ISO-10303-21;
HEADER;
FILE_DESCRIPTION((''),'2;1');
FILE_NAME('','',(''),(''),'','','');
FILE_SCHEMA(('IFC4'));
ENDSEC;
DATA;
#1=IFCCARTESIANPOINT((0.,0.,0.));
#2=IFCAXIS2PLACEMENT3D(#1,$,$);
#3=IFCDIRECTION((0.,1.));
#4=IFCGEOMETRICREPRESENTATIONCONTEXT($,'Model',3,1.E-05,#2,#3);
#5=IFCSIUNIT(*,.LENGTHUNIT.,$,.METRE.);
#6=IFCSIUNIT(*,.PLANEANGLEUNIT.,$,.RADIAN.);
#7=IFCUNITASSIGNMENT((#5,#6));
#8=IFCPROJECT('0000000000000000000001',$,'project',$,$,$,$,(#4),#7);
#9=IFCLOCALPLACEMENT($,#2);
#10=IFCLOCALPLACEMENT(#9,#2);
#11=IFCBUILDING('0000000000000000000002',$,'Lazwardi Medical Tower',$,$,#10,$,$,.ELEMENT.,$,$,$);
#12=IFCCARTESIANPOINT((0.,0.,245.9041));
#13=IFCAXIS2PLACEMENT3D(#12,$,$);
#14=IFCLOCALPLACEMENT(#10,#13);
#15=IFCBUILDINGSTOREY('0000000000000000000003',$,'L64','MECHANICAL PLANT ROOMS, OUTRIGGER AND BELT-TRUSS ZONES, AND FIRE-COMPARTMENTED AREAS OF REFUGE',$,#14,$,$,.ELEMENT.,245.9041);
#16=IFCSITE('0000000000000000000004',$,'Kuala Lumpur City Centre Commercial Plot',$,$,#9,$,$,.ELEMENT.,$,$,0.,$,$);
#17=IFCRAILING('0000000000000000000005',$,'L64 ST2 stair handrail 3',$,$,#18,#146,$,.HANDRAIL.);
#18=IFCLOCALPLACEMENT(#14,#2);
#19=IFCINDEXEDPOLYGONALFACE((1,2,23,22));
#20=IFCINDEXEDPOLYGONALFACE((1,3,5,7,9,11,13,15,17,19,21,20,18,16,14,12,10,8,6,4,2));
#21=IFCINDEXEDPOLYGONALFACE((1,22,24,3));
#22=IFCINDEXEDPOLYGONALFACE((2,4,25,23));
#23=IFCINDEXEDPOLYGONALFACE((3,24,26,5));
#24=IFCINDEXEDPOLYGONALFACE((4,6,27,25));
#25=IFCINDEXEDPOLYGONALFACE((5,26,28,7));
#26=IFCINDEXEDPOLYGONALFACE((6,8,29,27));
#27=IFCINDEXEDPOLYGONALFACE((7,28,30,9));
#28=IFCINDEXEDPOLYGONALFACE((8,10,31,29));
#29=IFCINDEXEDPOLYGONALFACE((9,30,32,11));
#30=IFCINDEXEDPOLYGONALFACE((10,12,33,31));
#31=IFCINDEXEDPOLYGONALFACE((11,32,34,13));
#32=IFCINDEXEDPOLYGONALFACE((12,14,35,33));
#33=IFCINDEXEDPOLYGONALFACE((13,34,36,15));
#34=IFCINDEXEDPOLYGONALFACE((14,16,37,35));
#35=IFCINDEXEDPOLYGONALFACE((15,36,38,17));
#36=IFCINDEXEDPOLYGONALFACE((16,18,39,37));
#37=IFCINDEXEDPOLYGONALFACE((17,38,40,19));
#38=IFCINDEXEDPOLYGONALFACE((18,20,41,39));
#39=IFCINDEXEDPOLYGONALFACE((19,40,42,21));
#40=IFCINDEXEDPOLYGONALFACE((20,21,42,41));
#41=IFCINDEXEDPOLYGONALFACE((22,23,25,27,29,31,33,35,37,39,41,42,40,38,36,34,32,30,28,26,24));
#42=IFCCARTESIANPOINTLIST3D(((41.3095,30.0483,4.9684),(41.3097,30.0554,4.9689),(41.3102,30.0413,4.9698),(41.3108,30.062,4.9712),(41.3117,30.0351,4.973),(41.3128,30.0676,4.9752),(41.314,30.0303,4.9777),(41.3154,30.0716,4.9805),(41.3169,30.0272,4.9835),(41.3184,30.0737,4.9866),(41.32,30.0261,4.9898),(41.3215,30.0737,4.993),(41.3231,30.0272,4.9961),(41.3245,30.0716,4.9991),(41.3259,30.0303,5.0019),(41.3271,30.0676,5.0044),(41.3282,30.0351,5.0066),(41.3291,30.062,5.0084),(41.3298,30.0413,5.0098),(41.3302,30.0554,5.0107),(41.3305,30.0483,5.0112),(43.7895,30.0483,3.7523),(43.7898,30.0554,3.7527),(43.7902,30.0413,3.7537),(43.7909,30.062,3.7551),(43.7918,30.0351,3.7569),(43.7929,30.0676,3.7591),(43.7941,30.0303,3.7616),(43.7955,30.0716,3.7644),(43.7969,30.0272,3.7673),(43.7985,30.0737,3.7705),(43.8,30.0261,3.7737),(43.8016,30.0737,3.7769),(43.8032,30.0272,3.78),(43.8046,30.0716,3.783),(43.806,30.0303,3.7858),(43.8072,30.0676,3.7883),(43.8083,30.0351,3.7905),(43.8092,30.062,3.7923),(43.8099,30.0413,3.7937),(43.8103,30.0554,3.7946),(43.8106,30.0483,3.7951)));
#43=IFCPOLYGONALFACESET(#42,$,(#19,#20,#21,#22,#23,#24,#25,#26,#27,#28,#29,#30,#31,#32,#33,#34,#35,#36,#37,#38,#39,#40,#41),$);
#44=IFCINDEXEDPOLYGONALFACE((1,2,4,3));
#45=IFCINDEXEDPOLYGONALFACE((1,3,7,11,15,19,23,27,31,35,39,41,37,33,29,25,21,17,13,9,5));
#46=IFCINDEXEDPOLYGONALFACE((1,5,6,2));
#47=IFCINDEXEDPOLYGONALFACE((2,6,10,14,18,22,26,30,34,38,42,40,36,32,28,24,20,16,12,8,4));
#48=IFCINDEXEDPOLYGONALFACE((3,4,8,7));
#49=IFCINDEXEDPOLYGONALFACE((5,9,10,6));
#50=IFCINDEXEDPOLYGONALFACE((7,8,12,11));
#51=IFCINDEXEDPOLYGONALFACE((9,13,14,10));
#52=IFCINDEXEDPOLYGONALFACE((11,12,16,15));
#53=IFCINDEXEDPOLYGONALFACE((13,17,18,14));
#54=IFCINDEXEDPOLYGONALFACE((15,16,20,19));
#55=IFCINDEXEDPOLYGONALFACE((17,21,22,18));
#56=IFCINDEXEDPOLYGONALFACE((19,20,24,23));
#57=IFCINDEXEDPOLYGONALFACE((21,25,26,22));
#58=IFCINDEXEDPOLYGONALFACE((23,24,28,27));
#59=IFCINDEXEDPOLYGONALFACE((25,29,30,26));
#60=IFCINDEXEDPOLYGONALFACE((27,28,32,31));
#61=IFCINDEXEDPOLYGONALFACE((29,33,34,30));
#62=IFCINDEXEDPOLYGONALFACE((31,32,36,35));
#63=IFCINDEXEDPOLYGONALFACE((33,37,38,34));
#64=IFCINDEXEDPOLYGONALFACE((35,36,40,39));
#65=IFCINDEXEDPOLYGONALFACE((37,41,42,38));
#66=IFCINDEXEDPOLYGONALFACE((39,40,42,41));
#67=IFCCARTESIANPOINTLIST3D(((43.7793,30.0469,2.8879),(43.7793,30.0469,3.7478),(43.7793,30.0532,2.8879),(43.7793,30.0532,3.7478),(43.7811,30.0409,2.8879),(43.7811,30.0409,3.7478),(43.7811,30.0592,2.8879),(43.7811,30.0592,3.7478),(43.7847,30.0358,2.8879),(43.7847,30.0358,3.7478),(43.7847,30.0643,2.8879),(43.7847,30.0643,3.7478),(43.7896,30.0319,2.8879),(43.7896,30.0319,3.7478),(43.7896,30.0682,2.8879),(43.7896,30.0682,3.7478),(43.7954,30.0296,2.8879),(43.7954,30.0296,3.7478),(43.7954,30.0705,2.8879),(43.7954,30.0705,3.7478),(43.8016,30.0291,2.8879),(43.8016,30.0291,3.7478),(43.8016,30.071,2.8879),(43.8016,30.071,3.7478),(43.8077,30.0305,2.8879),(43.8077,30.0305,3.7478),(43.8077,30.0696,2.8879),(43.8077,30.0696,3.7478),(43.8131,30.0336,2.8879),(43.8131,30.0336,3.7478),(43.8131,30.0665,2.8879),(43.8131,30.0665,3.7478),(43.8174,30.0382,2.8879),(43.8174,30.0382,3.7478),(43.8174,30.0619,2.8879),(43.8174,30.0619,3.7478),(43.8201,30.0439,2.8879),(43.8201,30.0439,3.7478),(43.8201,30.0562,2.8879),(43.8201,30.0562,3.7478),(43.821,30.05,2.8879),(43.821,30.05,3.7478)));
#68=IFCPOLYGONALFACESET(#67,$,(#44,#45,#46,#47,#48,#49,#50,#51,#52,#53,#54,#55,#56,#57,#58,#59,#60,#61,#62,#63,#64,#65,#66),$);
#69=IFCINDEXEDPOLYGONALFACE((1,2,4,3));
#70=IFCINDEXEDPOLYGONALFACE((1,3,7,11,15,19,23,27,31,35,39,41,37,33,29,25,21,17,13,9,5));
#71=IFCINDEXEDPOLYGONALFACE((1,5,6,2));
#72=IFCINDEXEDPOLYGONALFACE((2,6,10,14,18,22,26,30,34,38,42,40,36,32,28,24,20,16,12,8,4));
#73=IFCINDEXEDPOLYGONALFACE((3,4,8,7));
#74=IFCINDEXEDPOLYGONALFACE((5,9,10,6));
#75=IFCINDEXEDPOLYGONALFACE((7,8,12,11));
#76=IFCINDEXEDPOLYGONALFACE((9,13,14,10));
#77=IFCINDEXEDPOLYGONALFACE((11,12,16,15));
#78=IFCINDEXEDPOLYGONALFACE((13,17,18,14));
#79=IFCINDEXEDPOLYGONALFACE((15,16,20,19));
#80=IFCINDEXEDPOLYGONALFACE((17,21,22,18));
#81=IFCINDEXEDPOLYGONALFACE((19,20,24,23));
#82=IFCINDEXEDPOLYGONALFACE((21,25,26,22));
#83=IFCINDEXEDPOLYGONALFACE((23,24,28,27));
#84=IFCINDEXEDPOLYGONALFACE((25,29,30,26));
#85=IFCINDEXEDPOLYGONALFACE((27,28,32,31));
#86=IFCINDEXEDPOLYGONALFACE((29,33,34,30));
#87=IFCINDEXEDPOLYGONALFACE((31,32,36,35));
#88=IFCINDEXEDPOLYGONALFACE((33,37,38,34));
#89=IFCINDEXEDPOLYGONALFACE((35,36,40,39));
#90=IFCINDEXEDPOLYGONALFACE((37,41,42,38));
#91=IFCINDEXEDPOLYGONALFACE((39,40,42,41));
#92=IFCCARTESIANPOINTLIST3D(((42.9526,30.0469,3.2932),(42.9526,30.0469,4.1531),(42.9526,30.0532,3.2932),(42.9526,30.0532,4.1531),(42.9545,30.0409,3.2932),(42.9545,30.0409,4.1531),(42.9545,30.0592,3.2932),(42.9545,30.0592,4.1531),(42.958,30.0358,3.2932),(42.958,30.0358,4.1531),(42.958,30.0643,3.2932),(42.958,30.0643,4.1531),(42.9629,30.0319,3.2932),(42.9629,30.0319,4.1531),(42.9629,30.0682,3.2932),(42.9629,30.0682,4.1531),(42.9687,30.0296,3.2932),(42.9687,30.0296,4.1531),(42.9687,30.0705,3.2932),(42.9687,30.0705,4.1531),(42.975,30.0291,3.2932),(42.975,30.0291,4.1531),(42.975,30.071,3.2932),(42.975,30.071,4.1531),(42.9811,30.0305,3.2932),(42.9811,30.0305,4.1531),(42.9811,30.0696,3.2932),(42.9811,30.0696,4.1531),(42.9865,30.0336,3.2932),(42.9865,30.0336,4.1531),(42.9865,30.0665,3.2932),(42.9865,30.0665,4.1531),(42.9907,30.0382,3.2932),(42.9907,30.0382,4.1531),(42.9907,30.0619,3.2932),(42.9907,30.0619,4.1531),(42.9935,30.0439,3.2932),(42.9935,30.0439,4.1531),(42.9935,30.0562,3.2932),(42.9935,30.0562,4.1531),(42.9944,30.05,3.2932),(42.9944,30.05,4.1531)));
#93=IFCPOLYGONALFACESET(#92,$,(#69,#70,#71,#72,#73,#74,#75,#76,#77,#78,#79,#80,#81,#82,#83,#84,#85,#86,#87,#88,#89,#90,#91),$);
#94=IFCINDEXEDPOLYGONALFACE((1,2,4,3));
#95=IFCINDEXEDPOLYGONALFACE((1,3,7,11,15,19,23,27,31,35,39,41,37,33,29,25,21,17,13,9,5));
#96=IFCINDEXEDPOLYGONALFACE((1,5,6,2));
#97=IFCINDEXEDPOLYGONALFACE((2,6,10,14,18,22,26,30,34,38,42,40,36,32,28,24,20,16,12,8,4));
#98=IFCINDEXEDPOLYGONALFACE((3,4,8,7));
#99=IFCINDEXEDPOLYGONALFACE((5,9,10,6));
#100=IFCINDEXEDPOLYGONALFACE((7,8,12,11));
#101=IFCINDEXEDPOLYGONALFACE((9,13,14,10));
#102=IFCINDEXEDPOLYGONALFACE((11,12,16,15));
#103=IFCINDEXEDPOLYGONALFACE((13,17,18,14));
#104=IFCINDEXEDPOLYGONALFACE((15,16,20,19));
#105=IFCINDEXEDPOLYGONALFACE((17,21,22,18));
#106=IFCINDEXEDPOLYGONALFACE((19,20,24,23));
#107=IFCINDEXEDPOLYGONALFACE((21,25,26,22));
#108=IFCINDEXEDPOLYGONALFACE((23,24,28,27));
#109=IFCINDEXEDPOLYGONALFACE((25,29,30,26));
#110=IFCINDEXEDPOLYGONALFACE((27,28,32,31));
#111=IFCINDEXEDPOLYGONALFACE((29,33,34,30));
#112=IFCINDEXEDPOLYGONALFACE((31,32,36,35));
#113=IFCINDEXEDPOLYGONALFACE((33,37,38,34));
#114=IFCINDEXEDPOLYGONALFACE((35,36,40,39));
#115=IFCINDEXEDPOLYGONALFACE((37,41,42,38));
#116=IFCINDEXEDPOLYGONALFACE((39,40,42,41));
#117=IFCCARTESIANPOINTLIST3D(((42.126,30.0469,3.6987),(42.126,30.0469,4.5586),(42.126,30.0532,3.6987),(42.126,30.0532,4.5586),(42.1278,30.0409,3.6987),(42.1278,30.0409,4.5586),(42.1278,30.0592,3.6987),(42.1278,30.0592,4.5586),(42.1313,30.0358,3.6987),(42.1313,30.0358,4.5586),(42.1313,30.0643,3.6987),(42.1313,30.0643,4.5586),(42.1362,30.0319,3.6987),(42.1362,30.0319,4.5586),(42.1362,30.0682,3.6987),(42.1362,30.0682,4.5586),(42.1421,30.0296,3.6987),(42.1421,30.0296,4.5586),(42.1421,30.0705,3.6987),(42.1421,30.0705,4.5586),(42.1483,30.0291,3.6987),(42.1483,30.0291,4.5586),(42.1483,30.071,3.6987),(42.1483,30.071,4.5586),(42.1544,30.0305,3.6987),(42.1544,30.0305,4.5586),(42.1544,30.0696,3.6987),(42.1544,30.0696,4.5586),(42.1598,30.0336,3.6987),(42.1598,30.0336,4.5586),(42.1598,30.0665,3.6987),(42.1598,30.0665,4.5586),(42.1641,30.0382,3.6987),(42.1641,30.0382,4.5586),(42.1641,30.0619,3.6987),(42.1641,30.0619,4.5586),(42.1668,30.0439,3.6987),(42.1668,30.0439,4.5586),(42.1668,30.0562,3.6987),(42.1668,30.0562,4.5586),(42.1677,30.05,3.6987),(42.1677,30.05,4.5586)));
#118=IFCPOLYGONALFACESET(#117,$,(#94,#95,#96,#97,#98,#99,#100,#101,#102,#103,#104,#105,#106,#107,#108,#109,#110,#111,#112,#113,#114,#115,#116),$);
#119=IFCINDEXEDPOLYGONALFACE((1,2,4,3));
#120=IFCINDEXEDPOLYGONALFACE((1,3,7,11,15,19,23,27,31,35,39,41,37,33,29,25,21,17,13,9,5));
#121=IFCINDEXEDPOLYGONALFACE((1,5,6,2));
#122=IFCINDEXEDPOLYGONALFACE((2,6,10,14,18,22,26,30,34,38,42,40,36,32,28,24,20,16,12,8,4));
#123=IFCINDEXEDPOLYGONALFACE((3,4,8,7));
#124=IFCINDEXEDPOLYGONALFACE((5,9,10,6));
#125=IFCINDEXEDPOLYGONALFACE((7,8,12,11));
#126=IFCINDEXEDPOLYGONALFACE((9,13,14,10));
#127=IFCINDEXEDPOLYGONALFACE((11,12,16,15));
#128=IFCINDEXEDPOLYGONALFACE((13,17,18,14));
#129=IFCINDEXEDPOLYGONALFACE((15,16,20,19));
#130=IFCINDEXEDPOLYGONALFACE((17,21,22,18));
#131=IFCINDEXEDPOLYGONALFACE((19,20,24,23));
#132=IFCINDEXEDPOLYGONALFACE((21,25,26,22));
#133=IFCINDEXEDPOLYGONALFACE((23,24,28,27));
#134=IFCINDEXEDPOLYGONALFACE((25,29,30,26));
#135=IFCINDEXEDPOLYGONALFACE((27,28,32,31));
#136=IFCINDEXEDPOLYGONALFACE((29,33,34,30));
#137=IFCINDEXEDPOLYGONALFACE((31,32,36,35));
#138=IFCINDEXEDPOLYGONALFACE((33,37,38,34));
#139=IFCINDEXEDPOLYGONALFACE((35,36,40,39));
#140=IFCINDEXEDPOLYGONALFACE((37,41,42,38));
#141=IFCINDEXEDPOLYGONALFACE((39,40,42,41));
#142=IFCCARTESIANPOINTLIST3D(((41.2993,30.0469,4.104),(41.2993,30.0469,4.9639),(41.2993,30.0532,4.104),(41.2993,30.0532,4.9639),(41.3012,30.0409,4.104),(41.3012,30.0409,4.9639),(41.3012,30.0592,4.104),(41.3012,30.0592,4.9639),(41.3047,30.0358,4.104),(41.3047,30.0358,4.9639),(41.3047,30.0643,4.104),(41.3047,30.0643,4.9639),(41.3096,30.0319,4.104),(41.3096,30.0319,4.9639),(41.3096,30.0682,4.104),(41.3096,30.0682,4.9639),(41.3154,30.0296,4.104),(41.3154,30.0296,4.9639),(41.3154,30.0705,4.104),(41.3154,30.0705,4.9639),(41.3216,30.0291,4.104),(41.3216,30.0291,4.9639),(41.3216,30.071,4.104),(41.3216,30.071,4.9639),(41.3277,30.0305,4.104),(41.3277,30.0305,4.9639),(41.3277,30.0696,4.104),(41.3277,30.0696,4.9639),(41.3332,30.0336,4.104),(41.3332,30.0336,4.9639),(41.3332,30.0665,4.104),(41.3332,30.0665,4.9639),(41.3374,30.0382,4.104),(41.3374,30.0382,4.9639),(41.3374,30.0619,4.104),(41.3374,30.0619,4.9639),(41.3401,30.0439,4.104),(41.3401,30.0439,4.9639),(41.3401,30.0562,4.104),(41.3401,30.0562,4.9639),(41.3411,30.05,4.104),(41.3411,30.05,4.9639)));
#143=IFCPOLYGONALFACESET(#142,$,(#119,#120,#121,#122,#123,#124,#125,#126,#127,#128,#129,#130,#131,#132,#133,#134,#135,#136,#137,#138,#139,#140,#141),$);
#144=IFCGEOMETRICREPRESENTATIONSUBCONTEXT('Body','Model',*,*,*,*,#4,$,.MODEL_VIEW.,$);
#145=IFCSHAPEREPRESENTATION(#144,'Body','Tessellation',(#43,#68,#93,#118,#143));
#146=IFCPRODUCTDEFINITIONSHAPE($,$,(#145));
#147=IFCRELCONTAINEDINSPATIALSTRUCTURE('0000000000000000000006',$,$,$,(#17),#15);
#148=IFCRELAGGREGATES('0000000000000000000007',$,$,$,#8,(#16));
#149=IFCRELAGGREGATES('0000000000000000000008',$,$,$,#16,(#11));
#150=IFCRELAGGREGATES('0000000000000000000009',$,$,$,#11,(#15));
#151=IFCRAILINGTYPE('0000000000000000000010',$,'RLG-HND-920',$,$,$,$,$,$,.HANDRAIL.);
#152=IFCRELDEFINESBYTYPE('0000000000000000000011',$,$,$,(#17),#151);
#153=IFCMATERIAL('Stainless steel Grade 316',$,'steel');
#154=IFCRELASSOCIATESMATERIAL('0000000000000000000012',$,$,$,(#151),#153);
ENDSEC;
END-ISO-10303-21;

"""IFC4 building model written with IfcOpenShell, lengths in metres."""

from ifc_helpers import new_model, si_unit, direction, frame, origin, origin_2d, place, context, subcontext, project, spatial, circle, extrude, material, type_object, element, save


model = new_model("IFC4")

# Units and contexts
model_context = context("Model", 3, precision=1e-05, world=origin(), true_north=direction((0.0, 1.0)))
body_context = subcontext(model_context, "Body", "Model", "MODEL_VIEW")
ifc_project = project(units=[si_unit("LENGTHUNIT", "METRE"), si_unit("PLANEANGLEUNIT", "RADIAN")], contexts=[model_context])

# Site, building, storey
site_placement = place(None, origin())
site = spatial("IfcSite", under=ifc_project, at=site_placement, Name="Kuala Lumpur City Centre Commercial Plot", CompositionType="ELEMENT", RefElevation=0.0)
building_placement = place(site_placement, origin())
building = spatial("IfcBuilding", under=site, at=building_placement, Name="Lazwardi Medical Tower", CompositionType="ELEMENT")
storey_placement = place(building_placement, frame((0.0, 0.0, 245.9041)))
storey = spatial("IfcBuildingStorey", under=building, at=storey_placement, Name="L64", Description="MECHANICAL PLANT ROOMS, OUTRIGGER AND BELT-TRUSS ZONES, AND FIRE-COMPARTMENTED AREAS OF REFUGE", CompositionType="ELEMENT", Elevation=245.9041)

# Railing
ifc_material_1 = material(Name="Stainless steel Grade 316", Category="steel")
railing_type_1 = type_object("IfcRailingType", Name="RLG-HND-920", PredefinedType="HANDRAIL", material=ifc_material_1)
for number, where, name in (
    (1, (43.8, 30.05, 2.8879), "L64 ST2 stair handrail 3"),
):
    element("IfcRailing", number, at=place(storey_placement, frame(where)), inside=storey, type_object=railing_type_1, Name=name, PredefinedType="HANDRAIL", context=body_context, shape_type="SweptSolid", body=[
        extrude(circle(Radius=0.0239, at=origin_2d()), frame((0.0, 0.0, 0.8857), z_axis=(-0.897865, 0.0, 0.44027), x_axis=(0.0, -1.0, 0.0)), (0.0, 0.0, 1.0), 2.7622),
        extrude(circle(Radius=0.021, at=origin_2d()), origin(), (0.0, 0.0, 1.0), 0.8599),
        extrude(circle(Radius=0.021, at=origin_2d()), frame((-0.8267, 0.0, 0.4053)), (0.0, 0.0, 1.0), 0.8599),
        extrude(circle(Radius=0.021, at=origin_2d()), frame((-1.6533, 0.0, 0.8108)), (0.0, 0.0, 1.0), 0.8599),
        extrude(circle(Radius=0.021, at=origin_2d()), frame((-2.48, 0.0, 1.2161)), (0.0, 0.0, 1.0), 0.8599),
    ])

save(model, "model.ifc")
